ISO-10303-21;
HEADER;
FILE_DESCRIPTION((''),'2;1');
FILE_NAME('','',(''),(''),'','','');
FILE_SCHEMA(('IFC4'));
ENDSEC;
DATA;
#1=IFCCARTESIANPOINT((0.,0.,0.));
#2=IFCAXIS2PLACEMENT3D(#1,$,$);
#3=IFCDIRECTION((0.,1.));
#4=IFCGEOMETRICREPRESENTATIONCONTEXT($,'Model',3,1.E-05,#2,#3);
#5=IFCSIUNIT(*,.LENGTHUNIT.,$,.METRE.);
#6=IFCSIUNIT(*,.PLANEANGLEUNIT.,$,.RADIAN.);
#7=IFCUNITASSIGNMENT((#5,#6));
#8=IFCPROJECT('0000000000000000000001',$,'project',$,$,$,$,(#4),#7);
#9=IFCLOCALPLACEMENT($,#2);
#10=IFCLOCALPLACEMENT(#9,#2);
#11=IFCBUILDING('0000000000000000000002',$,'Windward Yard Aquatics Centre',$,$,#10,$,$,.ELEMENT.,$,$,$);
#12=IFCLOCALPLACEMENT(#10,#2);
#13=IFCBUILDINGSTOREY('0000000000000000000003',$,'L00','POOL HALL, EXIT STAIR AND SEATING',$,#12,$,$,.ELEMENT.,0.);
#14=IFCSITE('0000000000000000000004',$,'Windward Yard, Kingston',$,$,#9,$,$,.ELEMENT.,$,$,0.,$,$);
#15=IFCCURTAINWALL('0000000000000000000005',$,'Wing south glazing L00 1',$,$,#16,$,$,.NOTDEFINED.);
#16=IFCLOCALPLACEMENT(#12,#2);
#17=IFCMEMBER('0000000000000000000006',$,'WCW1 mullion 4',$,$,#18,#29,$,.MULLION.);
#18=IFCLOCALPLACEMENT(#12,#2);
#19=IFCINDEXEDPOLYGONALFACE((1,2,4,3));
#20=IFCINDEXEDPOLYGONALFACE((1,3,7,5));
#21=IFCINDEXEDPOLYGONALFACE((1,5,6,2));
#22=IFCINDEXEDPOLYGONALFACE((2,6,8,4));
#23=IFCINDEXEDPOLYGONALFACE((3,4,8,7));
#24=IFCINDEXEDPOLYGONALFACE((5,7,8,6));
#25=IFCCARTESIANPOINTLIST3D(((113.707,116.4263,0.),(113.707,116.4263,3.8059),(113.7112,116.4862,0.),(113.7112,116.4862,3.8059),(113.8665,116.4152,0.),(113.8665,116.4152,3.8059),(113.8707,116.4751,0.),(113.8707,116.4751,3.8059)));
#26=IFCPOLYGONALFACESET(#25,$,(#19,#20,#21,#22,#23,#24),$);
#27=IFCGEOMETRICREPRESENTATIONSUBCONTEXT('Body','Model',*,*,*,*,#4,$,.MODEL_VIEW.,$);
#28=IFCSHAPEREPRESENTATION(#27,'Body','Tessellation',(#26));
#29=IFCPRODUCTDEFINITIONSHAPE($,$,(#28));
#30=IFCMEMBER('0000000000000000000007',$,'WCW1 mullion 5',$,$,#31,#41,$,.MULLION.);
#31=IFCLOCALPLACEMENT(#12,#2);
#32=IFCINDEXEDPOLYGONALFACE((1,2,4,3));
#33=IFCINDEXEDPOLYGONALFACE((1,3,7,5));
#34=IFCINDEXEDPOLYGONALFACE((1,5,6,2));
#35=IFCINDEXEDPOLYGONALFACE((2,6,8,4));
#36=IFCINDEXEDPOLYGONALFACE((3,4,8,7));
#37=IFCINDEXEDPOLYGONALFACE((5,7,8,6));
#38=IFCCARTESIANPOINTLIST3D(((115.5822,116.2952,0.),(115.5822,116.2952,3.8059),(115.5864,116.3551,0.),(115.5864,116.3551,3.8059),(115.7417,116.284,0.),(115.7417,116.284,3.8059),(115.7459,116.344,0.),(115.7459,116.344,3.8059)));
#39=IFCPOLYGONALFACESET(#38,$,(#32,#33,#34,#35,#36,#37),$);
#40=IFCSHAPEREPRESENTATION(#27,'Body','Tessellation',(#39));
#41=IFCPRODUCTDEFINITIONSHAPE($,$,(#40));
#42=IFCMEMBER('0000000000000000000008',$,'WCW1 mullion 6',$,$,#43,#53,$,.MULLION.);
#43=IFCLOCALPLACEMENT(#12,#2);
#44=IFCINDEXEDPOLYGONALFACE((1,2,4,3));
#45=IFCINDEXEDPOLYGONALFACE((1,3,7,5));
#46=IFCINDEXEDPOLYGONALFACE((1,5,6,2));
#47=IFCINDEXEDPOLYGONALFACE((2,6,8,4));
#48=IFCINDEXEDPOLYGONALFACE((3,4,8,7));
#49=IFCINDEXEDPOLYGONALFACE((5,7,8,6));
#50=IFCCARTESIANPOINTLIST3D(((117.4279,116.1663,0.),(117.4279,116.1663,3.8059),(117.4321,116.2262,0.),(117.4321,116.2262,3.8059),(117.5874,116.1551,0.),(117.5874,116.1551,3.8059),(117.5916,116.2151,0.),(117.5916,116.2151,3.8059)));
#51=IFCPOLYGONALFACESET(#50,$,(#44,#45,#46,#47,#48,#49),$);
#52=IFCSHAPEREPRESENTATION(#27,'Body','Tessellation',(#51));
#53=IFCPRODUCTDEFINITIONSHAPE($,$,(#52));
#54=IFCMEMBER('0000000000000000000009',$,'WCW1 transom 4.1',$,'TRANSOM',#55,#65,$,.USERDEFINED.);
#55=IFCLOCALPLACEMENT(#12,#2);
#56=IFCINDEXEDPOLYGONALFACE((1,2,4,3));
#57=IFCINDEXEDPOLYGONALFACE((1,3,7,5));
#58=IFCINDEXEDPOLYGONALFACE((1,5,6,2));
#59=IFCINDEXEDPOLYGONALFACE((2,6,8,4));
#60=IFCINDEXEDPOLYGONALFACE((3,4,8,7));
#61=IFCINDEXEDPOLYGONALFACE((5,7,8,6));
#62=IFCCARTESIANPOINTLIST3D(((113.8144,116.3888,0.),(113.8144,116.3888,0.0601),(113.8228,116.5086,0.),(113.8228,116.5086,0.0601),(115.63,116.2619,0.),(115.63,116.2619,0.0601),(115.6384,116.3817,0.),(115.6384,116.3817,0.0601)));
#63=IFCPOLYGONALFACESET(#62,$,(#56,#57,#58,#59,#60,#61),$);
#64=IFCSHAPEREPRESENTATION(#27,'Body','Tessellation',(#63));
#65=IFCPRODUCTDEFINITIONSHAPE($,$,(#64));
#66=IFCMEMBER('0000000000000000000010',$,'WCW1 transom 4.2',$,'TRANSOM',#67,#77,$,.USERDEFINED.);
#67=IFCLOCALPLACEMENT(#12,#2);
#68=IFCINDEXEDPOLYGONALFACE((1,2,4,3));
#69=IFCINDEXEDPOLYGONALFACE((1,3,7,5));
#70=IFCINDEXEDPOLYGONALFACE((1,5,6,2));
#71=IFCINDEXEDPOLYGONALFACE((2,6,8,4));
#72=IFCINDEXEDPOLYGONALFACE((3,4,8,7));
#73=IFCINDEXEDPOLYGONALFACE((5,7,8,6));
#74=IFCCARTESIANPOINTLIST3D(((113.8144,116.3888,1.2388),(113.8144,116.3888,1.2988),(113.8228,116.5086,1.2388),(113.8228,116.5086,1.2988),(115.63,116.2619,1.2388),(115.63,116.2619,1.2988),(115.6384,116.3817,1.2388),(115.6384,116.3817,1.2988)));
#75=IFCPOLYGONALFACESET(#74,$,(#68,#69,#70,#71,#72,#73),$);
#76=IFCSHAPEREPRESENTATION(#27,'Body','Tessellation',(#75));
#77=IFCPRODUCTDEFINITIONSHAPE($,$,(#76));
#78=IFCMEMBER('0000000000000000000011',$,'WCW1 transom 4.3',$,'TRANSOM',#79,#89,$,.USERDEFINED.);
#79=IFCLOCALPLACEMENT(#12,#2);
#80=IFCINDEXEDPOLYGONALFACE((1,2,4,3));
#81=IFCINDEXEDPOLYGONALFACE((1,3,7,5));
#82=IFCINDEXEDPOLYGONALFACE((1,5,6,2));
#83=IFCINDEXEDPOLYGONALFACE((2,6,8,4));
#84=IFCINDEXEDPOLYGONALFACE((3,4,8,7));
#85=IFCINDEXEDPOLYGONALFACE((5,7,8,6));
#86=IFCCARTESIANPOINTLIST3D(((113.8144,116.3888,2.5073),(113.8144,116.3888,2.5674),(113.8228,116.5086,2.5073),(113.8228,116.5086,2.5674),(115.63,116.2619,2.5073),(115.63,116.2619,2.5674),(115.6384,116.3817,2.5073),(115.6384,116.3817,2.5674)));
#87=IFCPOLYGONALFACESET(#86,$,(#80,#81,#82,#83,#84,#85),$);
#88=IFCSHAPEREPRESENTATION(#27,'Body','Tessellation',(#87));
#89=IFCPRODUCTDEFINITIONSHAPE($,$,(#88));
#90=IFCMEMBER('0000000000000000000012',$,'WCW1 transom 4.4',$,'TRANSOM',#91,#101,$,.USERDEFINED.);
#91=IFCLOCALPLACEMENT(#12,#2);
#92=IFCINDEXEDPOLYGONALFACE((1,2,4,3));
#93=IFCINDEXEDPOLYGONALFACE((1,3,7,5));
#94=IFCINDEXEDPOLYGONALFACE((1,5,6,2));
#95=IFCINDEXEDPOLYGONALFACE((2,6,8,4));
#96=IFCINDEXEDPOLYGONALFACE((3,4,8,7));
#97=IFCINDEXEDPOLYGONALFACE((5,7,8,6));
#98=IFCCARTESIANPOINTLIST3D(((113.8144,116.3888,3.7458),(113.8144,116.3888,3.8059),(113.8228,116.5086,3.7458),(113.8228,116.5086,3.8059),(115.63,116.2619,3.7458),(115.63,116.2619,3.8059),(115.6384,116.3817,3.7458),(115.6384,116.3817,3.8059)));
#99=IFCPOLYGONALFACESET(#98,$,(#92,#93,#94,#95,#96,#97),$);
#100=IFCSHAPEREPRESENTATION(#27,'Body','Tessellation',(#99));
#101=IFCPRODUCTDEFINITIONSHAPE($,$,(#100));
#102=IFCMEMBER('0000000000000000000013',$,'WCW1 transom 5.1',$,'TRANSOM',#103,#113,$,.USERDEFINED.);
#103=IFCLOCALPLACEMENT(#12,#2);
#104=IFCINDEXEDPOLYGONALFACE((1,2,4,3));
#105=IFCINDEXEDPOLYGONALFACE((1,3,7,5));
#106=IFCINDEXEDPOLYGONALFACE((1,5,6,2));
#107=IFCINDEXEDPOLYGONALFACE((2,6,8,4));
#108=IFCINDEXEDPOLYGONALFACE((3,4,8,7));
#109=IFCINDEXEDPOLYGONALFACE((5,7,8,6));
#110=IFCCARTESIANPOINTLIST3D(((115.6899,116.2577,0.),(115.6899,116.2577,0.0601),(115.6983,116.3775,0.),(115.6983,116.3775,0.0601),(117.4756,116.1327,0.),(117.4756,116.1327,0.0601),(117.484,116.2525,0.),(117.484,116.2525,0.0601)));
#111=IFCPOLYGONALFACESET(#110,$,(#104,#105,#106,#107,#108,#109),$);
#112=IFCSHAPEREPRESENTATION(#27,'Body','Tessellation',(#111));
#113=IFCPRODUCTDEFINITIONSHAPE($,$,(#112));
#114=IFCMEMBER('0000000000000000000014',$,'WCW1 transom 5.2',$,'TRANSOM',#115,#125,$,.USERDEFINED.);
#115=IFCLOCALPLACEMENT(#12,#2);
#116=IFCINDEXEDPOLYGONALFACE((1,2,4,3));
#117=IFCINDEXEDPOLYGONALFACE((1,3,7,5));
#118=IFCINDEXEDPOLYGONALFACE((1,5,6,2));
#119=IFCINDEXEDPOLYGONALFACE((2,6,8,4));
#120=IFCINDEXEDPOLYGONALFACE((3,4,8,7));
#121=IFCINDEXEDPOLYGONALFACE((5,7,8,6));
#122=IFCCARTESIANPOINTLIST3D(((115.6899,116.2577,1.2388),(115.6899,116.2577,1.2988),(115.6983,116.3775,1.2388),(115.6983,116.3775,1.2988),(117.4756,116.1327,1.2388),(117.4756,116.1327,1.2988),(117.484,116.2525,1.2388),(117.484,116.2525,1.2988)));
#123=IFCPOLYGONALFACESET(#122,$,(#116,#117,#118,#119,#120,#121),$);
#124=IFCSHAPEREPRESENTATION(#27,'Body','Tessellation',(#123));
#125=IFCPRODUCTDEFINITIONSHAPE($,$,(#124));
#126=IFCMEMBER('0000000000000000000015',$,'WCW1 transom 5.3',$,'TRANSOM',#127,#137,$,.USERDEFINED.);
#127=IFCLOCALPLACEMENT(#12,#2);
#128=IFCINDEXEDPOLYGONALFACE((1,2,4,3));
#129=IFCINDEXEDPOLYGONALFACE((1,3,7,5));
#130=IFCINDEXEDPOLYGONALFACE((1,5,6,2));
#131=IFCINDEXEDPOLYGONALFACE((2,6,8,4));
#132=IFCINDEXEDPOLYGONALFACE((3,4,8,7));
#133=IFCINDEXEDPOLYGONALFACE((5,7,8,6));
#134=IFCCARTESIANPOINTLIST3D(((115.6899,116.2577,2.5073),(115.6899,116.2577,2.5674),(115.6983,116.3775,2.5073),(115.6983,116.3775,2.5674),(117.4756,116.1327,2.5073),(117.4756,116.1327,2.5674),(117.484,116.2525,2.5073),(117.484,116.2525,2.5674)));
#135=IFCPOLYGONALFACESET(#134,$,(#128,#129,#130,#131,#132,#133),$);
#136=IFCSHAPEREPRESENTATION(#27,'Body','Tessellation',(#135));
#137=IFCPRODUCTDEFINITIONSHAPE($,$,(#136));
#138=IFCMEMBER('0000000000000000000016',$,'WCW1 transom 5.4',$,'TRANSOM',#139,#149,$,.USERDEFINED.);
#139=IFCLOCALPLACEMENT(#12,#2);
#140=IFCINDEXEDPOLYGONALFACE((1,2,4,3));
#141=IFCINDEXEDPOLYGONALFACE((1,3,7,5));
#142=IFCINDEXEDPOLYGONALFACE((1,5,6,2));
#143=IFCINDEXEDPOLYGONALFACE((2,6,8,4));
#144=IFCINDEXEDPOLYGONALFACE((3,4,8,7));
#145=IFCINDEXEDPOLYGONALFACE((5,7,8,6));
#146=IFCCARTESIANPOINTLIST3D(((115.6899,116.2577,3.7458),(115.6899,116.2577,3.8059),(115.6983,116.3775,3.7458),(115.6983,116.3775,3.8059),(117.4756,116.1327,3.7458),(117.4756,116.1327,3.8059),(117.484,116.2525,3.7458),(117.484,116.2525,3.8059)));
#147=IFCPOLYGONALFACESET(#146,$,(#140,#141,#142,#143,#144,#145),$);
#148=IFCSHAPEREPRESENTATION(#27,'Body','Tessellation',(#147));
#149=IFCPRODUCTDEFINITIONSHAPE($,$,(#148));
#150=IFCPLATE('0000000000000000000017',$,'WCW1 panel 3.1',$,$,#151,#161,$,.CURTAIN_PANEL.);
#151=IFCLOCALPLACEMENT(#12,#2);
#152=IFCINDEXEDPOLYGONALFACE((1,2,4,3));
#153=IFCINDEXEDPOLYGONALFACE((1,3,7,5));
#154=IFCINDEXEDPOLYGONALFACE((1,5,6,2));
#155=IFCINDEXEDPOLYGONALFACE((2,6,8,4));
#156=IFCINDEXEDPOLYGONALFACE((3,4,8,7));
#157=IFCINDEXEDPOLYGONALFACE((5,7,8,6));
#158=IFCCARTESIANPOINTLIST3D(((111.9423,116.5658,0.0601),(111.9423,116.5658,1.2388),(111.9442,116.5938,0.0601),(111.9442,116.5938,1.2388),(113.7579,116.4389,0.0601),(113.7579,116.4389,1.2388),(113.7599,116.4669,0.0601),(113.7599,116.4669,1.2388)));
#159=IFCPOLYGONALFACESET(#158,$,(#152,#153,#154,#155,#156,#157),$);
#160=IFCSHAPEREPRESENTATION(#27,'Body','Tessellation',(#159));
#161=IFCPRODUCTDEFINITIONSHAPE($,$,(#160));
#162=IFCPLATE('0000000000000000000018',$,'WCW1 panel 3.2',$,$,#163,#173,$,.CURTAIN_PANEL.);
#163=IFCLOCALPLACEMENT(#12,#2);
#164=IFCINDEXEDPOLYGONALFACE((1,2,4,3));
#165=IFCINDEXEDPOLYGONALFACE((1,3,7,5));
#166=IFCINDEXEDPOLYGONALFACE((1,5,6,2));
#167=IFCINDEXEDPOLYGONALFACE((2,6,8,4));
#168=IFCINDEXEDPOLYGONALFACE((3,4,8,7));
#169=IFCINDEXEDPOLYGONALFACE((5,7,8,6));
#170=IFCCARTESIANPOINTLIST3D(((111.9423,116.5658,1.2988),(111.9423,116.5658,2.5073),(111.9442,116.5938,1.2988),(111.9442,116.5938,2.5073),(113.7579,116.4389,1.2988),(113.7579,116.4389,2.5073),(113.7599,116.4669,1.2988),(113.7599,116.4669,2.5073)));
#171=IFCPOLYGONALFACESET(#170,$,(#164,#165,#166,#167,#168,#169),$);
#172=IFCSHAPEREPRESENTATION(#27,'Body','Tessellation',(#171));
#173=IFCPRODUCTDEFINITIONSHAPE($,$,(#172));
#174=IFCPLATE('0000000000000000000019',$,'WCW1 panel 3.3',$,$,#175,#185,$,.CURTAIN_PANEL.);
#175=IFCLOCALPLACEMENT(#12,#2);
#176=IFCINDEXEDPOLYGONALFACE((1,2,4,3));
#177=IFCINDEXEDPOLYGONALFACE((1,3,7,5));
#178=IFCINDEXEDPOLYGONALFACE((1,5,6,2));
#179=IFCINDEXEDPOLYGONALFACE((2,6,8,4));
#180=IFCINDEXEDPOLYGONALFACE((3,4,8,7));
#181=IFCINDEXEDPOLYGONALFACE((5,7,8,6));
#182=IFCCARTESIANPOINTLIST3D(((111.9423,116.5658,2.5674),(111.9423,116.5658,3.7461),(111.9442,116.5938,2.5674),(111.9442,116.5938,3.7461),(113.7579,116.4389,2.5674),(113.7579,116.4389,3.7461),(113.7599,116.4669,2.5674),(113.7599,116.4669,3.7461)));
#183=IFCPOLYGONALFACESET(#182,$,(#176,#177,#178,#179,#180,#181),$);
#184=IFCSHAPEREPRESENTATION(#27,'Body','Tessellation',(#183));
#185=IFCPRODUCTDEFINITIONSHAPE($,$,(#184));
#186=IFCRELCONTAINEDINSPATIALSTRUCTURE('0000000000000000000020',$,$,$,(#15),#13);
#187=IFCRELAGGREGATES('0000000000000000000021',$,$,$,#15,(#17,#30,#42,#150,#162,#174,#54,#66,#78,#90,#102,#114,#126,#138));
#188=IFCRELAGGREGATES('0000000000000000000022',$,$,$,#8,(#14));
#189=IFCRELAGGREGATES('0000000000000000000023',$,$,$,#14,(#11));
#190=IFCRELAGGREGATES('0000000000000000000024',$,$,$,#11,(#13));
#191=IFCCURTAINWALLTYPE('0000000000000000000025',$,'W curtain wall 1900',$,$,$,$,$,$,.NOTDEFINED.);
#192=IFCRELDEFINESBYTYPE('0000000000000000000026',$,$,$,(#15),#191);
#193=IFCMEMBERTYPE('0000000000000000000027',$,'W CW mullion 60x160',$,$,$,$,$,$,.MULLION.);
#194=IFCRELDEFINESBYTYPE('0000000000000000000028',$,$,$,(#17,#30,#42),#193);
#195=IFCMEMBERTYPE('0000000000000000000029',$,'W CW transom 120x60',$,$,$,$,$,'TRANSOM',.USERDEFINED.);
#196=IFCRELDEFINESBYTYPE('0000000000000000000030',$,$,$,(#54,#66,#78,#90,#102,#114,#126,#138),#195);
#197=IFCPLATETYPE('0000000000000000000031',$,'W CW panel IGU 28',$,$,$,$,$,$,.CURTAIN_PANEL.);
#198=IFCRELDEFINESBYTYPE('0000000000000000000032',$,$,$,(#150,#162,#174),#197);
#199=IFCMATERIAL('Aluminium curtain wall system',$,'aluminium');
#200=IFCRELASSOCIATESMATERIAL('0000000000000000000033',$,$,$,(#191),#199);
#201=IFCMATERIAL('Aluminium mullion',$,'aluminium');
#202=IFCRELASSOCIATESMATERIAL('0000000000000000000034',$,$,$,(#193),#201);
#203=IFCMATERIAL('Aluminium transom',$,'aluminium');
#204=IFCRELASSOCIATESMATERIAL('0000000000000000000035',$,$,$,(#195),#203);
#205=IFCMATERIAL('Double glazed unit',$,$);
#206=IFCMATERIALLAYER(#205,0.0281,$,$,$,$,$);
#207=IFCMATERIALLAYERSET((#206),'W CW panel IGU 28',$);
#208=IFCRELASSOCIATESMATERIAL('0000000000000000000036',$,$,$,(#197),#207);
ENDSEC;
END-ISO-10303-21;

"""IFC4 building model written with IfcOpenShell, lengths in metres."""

from ifc_helpers import new_model, si_unit, direction, frame, origin, origin_2d, place, context, subcontext, project, spatial, rectangle, extrude, material, layer, layer_set, material_profile, profile_set, type_object, element, aggregate, save


model = new_model("IFC4")

# Units and contexts
model_context = context("Model", 3, precision=1e-05, world=origin(), true_north=direction((0.0, 1.0)))
body_context = subcontext(model_context, "Body", "Model", "MODEL_VIEW")
ifc_project = project(units=[si_unit("LENGTHUNIT", "METRE"), si_unit("PLANEANGLEUNIT", "RADIAN")], contexts=[model_context])

# Site, building, storey
site_placement = place(None, origin())
site = spatial("IfcSite", under=ifc_project, at=site_placement, Name="Windward Yard, Kingston", CompositionType="ELEMENT", RefElevation=0.0)
building_placement = place(site_placement, origin())
building = spatial("IfcBuilding", under=site, at=building_placement, Name="Windward Yard Aquatics Centre", CompositionType="ELEMENT")
storey_placement = place(building_placement, origin())
storey = spatial("IfcBuildingStorey", under=building, at=storey_placement, Name="L00", Description="POOL HALL, EXIT STAIR AND SEATING", CompositionType="ELEMENT", Elevation=0.0)

# Curtain wall, members, plates
ifc_material_1 = material(Name="Aluminium curtain wall system", Category="aluminium")
curtain_wall_type = type_object("IfcCurtainWallType", Name="W curtain wall 1900", PredefinedType="NOTDEFINED", material=ifc_material_1)
curtain_wall_placement = place(storey_placement, origin())
curtain_wall = element("IfcCurtainWall", 1, at=curtain_wall_placement, inside=storey, type_object=curtain_wall_type, Name="Wing south glazing L00 1", PredefinedType="NOTDEFINED")
ifc_material_2 = material(Name="Aluminium mullion", Category="aluminium")
ifc_material_profile_1 = material_profile(ifc_material_2, rectangle(XDim=0.0601, YDim=0.1599, at=origin_2d()), Name="AL 60x160")
ifc_profile_set_1 = profile_set([ifc_material_profile_1], Name="Aluminium mullion")
member_type_1 = type_object("IfcMemberType", Name="W CW mullion 60x160", PredefinedType="MULLION", material=ifc_profile_set_1)
member_1_placement = place(storey_placement, frame((113.7888, 116.4507, 0.0), z_axis=(0.0, 0.0, 1.0), x_axis=(0.069755, 0.997564, 0.0)))
member_1 = element("IfcMember", 2, at=member_1_placement, type_object=member_type_1, Name="WCW1 mullion 4", PredefinedType="MULLION", context=body_context, shape_type="SweptSolid", body=[
    extrude(rectangle(XDim=0.0601, YDim=0.1599, at=origin_2d()), origin(), (0.0, 0.0, 1.0), 3.8059),
])
member_2_placement = place(storey_placement, frame((115.6641, 116.3196, 0.0), z_axis=(0.0, 0.0, 1.0), x_axis=(0.069755, 0.997564, 0.0)))
member_2 = element("IfcMember", 3, at=member_2_placement, type_object=member_type_1, Name="WCW1 mullion 5", PredefinedType="MULLION", context=body_context, shape_type="SweptSolid", body=[
    extrude(rectangle(XDim=0.0601, YDim=0.1599, at=origin_2d()), origin(), (0.0, 0.0, 1.0), 3.8059),
])
member_3_placement = place(storey_placement, frame((117.5098, 116.1907, 0.0), z_axis=(0.0, 0.0, 1.0), x_axis=(0.069755, 0.997564, 0.0)))
member_3 = element("IfcMember", 4, at=member_3_placement, type_object=member_type_1, Name="WCW1 mullion 6", PredefinedType="MULLION", context=body_context, shape_type="SweptSolid", body=[
    extrude(rectangle(XDim=0.0601, YDim=0.1599, at=origin_2d()), origin(), (0.0, 0.0, 1.0), 3.8059),
])
ifc_material_3 = material(Name="Aluminium transom", Category="aluminium")
ifc_material_profile_2 = material_profile(ifc_material_3, rectangle(XDim=0.1201, YDim=0.0601, at=origin_2d()), Name="AL 120x60")
ifc_profile_set_2 = profile_set([ifc_material_profile_2], Name="Aluminium transom")
member_type_2 = type_object("IfcMemberType", Name="W CW transom 120x60", ElementType="TRANSOM", PredefinedType="USERDEFINED", material=ifc_profile_set_2)
member_4_placement = place(storey_placement, frame((113.8186, 116.4487, 0.03), z_axis=(0.997564, -0.06975, 0.0), x_axis=(0.06975, 0.997564, 0.0)))
member_4 = element("IfcMember", 5, at=member_4_placement, type_object=member_type_2, Name="WCW1 transom 4.1", ObjectType="TRANSOM", PredefinedType="USERDEFINED", context=body_context, shape_type="SweptSolid", body=[
    extrude(rectangle(XDim=0.1201, YDim=0.0601, at=origin_2d()), origin(), (0.0, 0.0, 1.0), 1.8201),
])
member_5_placement = place(storey_placement, frame((113.8186, 116.4487, 1.2688), z_axis=(0.997564, -0.06975, 0.0), x_axis=(0.06975, 0.997564, 0.0)))
member_5 = element("IfcMember", 6, at=member_5_placement, type_object=member_type_2, Name="WCW1 transom 4.2", ObjectType="TRANSOM", PredefinedType="USERDEFINED", context=body_context, shape_type="SweptSolid", body=[
    extrude(rectangle(XDim=0.1201, YDim=0.0601, at=origin_2d()), origin(), (0.0, 0.0, 1.0), 1.8201),
])
member_6_placement = place(storey_placement, frame((113.8186, 116.4487, 2.5374), z_axis=(0.997564, -0.06975, 0.0), x_axis=(0.06975, 0.997564, 0.0)))
member_6 = element("IfcMember", 7, at=member_6_placement, type_object=member_type_2, Name="WCW1 transom 4.3", ObjectType="TRANSOM", PredefinedType="USERDEFINED", context=body_context, shape_type="SweptSolid", body=[
    extrude(rectangle(XDim=0.1201, YDim=0.0601, at=origin_2d()), origin(), (0.0, 0.0, 1.0), 1.8201),
])
member_7_placement = place(storey_placement, frame((113.8186, 116.4487, 3.7759), z_axis=(0.997564, -0.06975, 0.0), x_axis=(0.06975, 0.997564, 0.0)))
member_7 = element("IfcMember", 8, at=member_7_placement, type_object=member_type_2, Name="WCW1 transom 4.4", ObjectType="TRANSOM", PredefinedType="USERDEFINED", context=body_context, shape_type="SweptSolid", body=[
    extrude(rectangle(XDim=0.1201, YDim=0.0601, at=origin_2d()), origin(), (0.0, 0.0, 1.0), 1.8201),
])
member_8_placement = place(storey_placement, frame((115.6941, 116.3176, 0.03), z_axis=(0.997559, -0.069832, 0.0), x_axis=(0.069832, 0.997559, 0.0)))
member_8 = element("IfcMember", 9, at=member_8_placement, type_object=member_type_2, Name="WCW1 transom 5.1", ObjectType="TRANSOM", PredefinedType="USERDEFINED", context=body_context, shape_type="SweptSolid", body=[
    extrude(rectangle(XDim=0.1201, YDim=0.0601, at=origin_2d()), origin(), (0.0, 0.0, 1.0), 1.79),
])
member_9_placement = place(storey_placement, frame((115.6941, 116.3176, 1.2688), z_axis=(0.997559, -0.069832, 0.0), x_axis=(0.069832, 0.997559, 0.0)))
member_9 = element("IfcMember", 10, at=member_9_placement, type_object=member_type_2, Name="WCW1 transom 5.2", ObjectType="TRANSOM", PredefinedType="USERDEFINED", context=body_context, shape_type="SweptSolid", body=[
    extrude(rectangle(XDim=0.1201, YDim=0.0601, at=origin_2d()), origin(), (0.0, 0.0, 1.0), 1.79),
])
member_10_placement = place(storey_placement, frame((115.6941, 116.3176, 2.5374), z_axis=(0.997559, -0.069832, 0.0), x_axis=(0.069832, 0.997559, 0.0)))
member_10 = element("IfcMember", 11, at=member_10_placement, type_object=member_type_2, Name="WCW1 transom 5.3", ObjectType="TRANSOM", PredefinedType="USERDEFINED", context=body_context, shape_type="SweptSolid", body=[
    extrude(rectangle(XDim=0.1201, YDim=0.0601, at=origin_2d()), origin(), (0.0, 0.0, 1.0), 1.79),
])
member_11_placement = place(storey_placement, frame((115.6941, 116.3176, 3.7759), z_axis=(0.997559, -0.069832, 0.0), x_axis=(0.069832, 0.997559, 0.0)))
member_11 = element("IfcMember", 12, at=member_11_placement, type_object=member_type_2, Name="WCW1 transom 5.4", ObjectType="TRANSOM", PredefinedType="USERDEFINED", context=body_context, shape_type="SweptSolid", body=[
    extrude(rectangle(XDim=0.1201, YDim=0.0601, at=origin_2d()), origin(), (0.0, 0.0, 1.0), 1.79),
])
ifc_material_4 = material(Name="Double glazed unit")
ifc_layer_1 = layer(ifc_material_4, 0.0281)
ifc_layer_set_1 = layer_set([ifc_layer_1], Name="W CW panel IGU 28")
plate_type = type_object("IfcPlateType", Name="W CW panel IGU 28", PredefinedType="CURTAIN_PANEL", material=ifc_layer_set_1)
plate_1_placement = place(storey_placement, frame((112.8511, 116.5164, 0.0601), z_axis=(0.0, 0.0, 1.0), x_axis=(0.997564, -0.069755, 0.0)))
plate_1 = element("IfcPlate", 13, at=plate_1_placement, type_object=plate_type, Name="WCW1 panel 3.1", PredefinedType="CURTAIN_PANEL", context=body_context, shape_type="SweptSolid", body=[
    extrude(rectangle(XDim=1.8201, YDim=0.0281, at=origin_2d()), origin(), (0.0, 0.0, 1.0), 1.1787),
])
plate_2_placement = place(storey_placement, frame((112.8511, 116.5164, 1.2988), z_axis=(0.0, 0.0, 1.0), x_axis=(0.997564, -0.069755, 0.0)))
plate_2 = element("IfcPlate", 14, at=plate_2_placement, type_object=plate_type, Name="WCW1 panel 3.2", PredefinedType="CURTAIN_PANEL", context=body_context, shape_type="SweptSolid", body=[
    extrude(rectangle(XDim=1.8201, YDim=0.0281, at=origin_2d()), origin(), (0.0, 0.0, 1.0), 1.2085),
])
plate_3_placement = place(storey_placement, frame((112.8511, 116.5164, 2.5674), z_axis=(0.0, 0.0, 1.0), x_axis=(0.997564, -0.069755, 0.0)))
plate_3 = element("IfcPlate", 15, at=plate_3_placement, type_object=plate_type, Name="WCW1 panel 3.3", PredefinedType="CURTAIN_PANEL", context=body_context, shape_type="SweptSolid", body=[
    extrude(rectangle(XDim=1.8201, YDim=0.0281, at=origin_2d()), origin(), (0.0, 0.0, 1.0), 1.1787),
])
aggregate(curtain_wall, [member_1, member_2, member_3, plate_1, plate_2, plate_3, member_4, member_5, member_6, member_7, member_8, member_9, member_10, member_11])

save(model, "model.ifc")
